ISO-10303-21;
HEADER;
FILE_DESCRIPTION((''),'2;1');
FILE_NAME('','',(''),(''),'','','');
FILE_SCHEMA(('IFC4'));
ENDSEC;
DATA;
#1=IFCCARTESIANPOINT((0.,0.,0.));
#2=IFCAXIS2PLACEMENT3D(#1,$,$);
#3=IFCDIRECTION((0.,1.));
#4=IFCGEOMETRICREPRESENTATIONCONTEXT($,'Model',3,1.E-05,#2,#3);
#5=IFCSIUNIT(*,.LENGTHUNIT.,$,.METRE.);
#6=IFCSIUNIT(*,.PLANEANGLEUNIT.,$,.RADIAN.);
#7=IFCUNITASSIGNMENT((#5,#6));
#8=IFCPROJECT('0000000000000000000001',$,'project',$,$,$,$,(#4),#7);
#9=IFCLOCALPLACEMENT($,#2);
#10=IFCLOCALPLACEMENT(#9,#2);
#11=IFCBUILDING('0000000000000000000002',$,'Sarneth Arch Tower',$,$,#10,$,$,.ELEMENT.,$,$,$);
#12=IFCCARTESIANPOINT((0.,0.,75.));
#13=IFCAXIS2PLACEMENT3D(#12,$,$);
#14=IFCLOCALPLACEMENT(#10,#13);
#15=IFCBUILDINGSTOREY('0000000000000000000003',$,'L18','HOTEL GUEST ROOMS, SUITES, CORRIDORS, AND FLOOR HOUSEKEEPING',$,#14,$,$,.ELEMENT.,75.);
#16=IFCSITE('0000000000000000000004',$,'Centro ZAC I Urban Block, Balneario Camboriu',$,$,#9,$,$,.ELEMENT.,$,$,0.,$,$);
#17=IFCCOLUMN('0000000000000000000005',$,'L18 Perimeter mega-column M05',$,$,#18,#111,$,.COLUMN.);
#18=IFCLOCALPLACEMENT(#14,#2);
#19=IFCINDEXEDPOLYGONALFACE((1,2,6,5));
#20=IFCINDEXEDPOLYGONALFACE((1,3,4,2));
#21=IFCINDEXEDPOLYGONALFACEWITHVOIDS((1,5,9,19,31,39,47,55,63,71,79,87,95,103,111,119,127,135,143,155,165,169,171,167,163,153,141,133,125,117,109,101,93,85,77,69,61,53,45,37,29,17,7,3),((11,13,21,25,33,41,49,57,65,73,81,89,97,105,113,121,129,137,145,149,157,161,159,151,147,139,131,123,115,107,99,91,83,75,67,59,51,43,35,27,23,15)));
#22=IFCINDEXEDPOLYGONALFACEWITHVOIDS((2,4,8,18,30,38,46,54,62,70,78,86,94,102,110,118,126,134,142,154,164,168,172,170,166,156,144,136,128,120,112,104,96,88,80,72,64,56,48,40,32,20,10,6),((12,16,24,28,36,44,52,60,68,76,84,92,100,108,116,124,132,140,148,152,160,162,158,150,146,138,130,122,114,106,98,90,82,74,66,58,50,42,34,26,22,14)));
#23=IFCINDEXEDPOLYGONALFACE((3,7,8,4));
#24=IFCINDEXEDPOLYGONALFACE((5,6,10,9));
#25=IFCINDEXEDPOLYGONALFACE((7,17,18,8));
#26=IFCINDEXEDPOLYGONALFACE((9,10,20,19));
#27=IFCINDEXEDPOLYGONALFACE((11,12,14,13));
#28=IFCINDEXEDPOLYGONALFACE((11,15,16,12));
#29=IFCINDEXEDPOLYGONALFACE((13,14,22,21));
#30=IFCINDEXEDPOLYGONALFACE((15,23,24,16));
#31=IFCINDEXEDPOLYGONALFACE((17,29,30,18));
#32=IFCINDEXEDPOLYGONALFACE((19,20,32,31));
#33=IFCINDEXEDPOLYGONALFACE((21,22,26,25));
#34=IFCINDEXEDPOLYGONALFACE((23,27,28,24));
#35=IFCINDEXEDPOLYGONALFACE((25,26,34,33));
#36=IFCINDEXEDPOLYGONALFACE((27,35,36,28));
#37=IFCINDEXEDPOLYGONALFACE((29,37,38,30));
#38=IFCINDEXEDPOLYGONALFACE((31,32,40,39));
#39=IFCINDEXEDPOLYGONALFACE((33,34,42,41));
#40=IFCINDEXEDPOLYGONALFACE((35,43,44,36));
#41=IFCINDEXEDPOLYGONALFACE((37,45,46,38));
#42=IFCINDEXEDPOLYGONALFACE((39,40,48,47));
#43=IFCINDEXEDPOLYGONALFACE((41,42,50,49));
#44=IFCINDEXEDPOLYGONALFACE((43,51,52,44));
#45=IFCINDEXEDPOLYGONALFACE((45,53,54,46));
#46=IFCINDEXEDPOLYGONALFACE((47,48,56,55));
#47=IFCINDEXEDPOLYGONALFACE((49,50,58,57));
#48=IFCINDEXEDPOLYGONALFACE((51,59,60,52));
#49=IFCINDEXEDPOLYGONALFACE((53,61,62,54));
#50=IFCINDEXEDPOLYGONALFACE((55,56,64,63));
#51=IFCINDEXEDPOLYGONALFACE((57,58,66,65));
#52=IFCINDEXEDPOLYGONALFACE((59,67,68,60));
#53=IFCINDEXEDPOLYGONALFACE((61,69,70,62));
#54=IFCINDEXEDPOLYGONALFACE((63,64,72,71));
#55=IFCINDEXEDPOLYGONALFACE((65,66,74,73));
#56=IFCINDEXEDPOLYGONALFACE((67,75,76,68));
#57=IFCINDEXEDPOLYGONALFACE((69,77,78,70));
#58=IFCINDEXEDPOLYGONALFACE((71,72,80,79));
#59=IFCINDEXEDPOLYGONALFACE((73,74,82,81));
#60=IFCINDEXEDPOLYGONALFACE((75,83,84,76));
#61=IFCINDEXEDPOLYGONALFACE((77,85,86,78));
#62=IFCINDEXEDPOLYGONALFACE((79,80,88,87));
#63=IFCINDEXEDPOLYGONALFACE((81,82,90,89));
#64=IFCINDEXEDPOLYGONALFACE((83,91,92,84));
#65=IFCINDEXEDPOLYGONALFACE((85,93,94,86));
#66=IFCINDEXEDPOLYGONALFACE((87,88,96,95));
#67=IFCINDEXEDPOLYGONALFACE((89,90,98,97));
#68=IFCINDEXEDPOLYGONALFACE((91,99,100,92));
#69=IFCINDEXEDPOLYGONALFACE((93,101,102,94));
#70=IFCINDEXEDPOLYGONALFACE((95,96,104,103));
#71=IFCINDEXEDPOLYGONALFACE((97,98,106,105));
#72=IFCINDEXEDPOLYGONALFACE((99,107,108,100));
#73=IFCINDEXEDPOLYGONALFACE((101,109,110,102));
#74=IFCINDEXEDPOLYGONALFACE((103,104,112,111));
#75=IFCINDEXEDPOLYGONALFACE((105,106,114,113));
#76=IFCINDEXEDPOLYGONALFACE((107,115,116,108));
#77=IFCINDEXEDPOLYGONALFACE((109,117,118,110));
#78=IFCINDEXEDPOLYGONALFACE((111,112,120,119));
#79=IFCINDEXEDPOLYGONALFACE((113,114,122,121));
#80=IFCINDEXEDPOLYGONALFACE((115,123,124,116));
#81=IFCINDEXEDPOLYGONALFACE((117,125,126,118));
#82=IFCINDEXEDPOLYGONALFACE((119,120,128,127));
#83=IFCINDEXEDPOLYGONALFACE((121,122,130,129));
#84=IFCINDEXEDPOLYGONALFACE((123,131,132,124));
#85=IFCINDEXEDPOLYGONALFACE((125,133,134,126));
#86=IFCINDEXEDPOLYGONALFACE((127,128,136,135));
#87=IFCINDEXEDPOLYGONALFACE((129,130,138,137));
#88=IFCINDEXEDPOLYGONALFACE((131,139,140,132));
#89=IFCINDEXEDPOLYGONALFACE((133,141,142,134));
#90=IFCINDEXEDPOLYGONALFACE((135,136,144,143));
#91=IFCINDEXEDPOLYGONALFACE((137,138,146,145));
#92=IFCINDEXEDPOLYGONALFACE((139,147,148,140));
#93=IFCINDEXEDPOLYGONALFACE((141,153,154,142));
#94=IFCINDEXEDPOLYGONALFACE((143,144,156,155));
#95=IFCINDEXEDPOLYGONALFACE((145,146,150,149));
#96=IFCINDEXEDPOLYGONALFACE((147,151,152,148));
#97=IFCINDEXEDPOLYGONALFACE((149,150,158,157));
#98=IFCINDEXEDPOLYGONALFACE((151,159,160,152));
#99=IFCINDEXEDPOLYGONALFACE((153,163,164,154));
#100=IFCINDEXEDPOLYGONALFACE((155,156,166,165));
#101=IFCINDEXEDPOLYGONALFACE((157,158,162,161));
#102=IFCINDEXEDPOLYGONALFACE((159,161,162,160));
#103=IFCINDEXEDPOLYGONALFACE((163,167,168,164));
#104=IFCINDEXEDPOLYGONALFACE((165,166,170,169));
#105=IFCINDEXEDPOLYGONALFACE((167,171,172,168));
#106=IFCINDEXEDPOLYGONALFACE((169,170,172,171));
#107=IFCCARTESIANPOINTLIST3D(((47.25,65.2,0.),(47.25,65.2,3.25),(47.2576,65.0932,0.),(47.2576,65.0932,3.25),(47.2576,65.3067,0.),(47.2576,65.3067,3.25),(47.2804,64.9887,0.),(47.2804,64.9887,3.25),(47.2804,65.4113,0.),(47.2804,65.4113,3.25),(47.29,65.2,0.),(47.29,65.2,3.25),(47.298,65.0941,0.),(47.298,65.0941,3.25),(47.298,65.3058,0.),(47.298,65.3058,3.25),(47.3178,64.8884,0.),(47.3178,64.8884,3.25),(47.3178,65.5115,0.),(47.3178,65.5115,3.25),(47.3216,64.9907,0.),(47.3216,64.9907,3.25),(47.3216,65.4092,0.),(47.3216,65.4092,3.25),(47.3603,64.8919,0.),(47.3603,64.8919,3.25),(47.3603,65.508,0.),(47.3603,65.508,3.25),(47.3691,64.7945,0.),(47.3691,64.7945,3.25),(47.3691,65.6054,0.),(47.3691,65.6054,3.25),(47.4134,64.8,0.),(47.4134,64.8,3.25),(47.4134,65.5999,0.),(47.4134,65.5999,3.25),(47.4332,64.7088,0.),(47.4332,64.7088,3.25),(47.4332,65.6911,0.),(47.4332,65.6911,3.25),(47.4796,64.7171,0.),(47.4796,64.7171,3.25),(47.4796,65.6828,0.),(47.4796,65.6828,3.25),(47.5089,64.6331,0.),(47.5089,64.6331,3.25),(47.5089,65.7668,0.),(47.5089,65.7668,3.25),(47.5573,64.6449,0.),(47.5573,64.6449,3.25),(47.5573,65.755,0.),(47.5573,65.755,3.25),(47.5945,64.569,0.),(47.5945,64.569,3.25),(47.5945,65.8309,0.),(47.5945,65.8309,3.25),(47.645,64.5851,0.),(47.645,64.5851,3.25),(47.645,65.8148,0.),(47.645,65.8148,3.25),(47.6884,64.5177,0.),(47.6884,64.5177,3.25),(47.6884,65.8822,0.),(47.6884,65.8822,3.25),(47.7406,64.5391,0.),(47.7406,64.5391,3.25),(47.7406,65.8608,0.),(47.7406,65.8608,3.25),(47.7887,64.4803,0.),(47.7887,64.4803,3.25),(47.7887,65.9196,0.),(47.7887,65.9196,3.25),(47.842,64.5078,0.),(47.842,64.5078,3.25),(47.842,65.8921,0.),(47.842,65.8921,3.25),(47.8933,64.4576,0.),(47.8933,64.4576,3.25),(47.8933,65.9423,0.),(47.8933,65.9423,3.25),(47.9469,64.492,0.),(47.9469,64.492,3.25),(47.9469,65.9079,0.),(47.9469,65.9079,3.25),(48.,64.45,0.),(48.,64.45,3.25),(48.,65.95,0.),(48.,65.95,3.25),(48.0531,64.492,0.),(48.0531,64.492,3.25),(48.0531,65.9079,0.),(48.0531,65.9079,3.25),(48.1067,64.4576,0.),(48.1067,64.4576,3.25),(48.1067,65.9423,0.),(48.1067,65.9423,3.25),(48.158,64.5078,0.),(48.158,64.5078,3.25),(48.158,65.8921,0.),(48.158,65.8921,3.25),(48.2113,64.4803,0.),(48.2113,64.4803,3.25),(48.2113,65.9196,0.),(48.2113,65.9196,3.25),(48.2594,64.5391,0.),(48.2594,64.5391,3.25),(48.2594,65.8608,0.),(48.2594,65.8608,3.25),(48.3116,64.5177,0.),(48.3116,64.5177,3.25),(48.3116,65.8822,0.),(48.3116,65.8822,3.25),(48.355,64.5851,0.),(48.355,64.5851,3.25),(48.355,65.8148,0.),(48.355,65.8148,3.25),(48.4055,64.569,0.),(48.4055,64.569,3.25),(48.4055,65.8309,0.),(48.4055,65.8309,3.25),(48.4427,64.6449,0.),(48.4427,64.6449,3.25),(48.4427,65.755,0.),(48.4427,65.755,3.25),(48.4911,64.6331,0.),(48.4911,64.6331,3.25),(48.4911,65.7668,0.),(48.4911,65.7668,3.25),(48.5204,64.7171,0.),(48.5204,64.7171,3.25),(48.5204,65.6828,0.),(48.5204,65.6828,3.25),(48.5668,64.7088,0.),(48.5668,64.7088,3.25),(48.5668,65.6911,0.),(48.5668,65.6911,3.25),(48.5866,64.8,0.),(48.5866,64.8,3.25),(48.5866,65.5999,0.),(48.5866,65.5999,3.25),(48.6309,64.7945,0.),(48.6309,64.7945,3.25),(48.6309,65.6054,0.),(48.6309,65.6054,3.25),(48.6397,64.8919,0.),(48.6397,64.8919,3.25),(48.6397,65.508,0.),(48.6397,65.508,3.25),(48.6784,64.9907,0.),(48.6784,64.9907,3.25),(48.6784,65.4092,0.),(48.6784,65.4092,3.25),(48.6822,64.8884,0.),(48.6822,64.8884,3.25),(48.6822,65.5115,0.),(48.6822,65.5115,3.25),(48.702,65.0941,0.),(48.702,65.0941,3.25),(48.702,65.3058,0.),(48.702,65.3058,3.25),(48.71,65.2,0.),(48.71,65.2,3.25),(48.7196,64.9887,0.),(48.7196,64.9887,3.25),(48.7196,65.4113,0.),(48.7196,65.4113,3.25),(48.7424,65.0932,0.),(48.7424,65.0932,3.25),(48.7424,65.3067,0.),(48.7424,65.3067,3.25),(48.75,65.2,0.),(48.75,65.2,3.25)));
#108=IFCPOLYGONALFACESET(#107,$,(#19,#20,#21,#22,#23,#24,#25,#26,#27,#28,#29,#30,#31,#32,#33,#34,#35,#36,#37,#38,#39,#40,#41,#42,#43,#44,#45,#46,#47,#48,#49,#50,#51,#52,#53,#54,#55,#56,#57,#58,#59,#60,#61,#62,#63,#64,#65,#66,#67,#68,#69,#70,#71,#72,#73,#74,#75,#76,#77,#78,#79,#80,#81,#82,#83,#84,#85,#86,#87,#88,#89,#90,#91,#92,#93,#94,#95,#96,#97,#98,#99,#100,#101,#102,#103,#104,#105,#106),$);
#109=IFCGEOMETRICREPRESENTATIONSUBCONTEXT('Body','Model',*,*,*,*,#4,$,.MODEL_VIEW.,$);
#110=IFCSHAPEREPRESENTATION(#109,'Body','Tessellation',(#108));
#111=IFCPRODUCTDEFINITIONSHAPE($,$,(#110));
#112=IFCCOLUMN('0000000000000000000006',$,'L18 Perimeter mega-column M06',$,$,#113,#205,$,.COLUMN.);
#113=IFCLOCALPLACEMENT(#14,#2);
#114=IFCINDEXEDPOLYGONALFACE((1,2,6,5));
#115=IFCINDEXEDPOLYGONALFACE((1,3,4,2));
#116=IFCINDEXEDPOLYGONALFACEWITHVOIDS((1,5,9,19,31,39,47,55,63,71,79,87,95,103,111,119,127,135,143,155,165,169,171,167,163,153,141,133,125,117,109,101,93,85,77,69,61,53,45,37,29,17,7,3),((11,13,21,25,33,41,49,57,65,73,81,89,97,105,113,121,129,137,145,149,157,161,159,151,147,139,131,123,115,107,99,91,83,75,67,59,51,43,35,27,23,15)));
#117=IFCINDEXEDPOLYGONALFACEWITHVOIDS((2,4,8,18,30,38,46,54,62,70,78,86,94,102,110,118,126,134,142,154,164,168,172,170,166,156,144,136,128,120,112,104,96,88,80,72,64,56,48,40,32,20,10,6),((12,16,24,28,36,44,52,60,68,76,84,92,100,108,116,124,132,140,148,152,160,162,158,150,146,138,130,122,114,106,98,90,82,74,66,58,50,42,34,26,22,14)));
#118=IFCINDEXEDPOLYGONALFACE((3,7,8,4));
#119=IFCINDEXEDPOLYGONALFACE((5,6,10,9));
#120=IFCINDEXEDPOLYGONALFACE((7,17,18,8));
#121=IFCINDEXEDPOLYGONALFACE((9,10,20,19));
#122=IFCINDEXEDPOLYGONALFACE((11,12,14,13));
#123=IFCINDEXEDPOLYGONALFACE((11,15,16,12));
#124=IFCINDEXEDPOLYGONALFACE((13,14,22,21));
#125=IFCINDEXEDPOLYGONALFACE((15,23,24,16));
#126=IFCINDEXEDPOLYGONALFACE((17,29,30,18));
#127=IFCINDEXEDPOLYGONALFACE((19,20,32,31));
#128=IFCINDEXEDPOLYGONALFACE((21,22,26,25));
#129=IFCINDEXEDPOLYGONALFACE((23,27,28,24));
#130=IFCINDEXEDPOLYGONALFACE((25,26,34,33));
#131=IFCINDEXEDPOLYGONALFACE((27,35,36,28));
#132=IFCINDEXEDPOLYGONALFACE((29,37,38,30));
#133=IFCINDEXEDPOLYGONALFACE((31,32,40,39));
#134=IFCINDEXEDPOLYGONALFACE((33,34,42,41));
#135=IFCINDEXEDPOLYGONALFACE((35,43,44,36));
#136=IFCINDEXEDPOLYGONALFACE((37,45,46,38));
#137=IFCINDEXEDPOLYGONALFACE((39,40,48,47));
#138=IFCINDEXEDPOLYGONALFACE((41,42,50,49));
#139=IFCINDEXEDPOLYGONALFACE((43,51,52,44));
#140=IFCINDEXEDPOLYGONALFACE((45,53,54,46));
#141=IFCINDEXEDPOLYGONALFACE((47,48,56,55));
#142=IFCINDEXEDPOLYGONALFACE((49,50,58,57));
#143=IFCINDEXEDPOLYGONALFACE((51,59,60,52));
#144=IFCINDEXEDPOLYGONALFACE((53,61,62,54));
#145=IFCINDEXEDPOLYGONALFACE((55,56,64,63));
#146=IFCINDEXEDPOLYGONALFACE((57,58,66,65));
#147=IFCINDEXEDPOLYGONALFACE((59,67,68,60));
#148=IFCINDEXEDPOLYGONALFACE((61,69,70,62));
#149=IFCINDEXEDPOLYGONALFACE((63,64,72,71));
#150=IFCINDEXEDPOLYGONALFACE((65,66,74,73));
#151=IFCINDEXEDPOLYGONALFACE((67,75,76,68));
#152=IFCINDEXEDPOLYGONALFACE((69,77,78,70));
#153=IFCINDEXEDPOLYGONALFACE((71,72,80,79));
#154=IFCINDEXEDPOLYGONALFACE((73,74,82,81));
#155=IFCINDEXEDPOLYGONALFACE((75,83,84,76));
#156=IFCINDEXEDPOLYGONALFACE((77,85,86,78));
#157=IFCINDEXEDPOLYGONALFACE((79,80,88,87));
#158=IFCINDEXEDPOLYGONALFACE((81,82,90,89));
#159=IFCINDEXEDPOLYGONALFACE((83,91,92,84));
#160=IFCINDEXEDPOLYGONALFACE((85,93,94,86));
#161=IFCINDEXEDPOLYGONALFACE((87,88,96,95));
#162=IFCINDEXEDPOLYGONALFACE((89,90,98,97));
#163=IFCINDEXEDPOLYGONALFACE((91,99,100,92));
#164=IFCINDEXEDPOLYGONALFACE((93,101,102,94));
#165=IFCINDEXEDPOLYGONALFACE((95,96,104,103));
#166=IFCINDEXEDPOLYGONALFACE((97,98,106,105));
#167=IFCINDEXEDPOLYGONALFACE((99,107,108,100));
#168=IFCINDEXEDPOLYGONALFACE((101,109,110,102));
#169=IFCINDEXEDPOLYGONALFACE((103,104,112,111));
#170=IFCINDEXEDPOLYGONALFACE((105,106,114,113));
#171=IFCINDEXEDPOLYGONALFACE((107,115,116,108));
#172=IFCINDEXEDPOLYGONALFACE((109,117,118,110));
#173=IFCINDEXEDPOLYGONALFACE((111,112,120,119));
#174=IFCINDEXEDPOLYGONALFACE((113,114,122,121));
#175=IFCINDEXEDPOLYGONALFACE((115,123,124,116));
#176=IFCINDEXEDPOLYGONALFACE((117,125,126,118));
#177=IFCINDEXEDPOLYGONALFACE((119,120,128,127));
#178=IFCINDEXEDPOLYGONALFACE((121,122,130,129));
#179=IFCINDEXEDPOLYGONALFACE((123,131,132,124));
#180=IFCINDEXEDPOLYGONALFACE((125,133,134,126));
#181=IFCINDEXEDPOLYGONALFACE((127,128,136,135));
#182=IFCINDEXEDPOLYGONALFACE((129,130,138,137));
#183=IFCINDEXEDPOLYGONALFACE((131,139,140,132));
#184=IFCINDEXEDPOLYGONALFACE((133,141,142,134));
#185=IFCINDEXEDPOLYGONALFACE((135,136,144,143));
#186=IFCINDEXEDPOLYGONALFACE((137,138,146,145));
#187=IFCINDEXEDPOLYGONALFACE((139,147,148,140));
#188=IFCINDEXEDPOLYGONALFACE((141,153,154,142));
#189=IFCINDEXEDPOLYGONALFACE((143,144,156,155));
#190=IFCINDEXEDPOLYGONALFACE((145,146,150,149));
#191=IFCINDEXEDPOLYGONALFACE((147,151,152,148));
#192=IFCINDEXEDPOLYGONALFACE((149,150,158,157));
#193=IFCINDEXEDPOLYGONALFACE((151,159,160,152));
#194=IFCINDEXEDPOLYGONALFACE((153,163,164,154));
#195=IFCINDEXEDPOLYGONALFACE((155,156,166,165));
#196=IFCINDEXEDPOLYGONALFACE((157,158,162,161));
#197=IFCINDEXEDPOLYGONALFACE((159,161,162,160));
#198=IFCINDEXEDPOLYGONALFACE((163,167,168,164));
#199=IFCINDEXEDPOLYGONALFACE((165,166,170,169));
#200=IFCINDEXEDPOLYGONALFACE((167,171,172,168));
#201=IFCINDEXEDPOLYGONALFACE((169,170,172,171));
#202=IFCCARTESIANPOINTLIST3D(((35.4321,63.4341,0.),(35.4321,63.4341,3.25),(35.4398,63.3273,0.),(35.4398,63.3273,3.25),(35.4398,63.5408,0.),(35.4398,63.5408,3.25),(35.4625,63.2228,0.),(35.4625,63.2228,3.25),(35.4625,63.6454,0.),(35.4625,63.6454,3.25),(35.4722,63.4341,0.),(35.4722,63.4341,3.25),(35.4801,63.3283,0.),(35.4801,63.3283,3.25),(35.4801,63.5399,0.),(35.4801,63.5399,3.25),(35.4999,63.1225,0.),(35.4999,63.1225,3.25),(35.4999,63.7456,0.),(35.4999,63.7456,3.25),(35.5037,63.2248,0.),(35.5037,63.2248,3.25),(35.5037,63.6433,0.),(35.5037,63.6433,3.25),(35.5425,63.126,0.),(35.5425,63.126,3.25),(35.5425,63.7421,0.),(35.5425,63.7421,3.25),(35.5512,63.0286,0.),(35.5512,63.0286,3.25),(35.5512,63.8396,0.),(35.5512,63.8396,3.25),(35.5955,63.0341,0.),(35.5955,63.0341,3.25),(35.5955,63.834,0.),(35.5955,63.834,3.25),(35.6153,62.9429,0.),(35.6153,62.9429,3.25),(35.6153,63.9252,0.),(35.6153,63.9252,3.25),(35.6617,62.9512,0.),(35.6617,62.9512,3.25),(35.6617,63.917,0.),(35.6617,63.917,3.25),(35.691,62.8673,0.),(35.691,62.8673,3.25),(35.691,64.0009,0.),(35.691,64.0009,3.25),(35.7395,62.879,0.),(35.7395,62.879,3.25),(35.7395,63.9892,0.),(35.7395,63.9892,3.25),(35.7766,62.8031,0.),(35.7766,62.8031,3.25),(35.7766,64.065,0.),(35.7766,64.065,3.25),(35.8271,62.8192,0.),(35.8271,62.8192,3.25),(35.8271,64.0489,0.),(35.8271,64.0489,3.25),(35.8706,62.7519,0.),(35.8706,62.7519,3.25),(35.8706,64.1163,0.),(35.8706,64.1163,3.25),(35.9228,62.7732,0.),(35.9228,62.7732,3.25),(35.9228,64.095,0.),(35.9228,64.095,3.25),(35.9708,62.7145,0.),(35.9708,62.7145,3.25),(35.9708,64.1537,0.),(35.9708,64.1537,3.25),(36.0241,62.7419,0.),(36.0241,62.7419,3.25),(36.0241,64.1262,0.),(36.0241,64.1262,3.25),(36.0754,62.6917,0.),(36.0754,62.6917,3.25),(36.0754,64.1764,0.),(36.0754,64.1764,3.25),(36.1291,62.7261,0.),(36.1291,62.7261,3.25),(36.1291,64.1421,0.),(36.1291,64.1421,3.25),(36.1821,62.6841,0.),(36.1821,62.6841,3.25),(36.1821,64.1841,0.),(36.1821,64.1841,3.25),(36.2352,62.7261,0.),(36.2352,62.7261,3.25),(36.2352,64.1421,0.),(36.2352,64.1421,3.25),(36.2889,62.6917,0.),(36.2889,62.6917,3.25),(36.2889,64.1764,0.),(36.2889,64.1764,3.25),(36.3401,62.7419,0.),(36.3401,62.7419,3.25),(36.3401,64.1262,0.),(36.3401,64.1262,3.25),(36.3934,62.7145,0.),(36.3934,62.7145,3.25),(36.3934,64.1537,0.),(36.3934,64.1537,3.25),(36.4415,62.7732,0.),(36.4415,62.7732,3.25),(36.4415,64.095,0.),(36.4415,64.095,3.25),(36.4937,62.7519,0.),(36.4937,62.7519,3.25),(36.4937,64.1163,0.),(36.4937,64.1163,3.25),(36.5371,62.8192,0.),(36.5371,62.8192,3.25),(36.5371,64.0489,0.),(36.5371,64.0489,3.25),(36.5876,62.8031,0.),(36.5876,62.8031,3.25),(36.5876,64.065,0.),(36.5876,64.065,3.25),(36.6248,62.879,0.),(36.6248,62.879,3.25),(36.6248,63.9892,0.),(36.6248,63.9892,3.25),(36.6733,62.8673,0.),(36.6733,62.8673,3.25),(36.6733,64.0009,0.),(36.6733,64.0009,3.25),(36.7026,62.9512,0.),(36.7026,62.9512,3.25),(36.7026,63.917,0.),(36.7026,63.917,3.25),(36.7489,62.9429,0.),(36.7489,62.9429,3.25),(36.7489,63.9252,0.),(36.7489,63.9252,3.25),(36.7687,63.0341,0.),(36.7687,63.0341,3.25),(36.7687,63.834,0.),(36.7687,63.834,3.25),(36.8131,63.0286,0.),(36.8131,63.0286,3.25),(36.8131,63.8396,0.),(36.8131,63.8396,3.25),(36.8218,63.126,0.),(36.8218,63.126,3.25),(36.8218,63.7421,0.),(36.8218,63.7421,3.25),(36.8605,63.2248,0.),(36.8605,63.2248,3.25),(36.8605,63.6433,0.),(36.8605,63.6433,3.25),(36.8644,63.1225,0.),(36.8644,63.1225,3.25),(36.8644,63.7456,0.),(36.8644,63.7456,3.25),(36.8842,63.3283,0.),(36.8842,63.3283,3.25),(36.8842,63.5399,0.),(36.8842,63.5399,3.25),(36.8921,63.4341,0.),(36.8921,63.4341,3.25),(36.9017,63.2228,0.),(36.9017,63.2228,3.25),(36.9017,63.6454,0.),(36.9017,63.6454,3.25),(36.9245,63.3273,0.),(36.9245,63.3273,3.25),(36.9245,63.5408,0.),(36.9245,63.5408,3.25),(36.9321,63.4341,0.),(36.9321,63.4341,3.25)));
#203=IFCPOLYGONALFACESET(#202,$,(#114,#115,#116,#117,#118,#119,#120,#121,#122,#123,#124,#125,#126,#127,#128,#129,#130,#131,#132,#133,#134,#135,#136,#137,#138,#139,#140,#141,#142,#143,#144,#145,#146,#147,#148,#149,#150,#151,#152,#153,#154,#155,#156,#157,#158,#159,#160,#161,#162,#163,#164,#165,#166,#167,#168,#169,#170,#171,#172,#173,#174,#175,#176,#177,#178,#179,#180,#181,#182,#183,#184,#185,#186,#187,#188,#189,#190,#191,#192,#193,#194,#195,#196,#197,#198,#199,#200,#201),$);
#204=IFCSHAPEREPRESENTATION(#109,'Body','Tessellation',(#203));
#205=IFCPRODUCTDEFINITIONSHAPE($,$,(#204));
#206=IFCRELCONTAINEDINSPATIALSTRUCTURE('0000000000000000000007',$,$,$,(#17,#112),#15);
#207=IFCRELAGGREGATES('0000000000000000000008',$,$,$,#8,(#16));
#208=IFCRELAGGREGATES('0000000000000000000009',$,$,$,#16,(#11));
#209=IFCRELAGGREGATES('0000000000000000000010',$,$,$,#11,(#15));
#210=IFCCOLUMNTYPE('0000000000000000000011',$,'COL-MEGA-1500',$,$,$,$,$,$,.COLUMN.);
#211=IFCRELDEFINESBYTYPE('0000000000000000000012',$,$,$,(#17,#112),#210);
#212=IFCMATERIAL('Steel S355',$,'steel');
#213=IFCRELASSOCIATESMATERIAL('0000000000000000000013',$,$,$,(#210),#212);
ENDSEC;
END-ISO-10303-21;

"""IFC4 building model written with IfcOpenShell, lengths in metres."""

from ifc_helpers import new_model, si_unit, direction, frame, origin, origin_2d, place, context, subcontext, project, spatial, hollow_circle, extrude, material, material_profile, profile_set, type_object, element, save


model = new_model("IFC4")

# Units and contexts
model_context = context("Model", 3, precision=1e-05, world=origin(), true_north=direction((0.0, 1.0)))
body_context = subcontext(model_context, "Body", "Model", "MODEL_VIEW")
ifc_project = project(units=[si_unit("LENGTHUNIT", "METRE"), si_unit("PLANEANGLEUNIT", "RADIAN")], contexts=[model_context])

# Site, building, storey
site_placement = place(None, origin())
site = spatial("IfcSite", under=ifc_project, at=site_placement, Name="Centro ZAC I Urban Block, Balneario Camboriu", CompositionType="ELEMENT", RefElevation=0.0)
building_placement = place(site_placement, origin())
building = spatial("IfcBuilding", under=site, at=building_placement, Name="Sarneth Arch Tower", CompositionType="ELEMENT")
storey_placement = place(building_placement, frame((0.0, 0.0, 75.0)))
storey = spatial("IfcBuildingStorey", under=building, at=storey_placement, Name="L18", Description="HOTEL GUEST ROOMS, SUITES, CORRIDORS, AND FLOOR HOUSEKEEPING", CompositionType="ELEMENT", Elevation=75.0)

# Columns
ifc_material_1 = material(Name="Steel S355", Category="steel")
ifc_material_profile_1 = material_profile(ifc_material_1, hollow_circle(Radius=0.75, WallThickness=0.04, at=origin_2d()), Name="CHS1500x40")
ifc_profile_set_1 = profile_set([ifc_material_profile_1], Name="Steel S355")
column_type = type_object("IfcColumnType", Name="COL-MEGA-1500", PredefinedType="COLUMN", material=ifc_profile_set_1)
for number, where, z_axis, x_axis, name in (
    (1, (48.0, 65.2, 0.0), (0.0, 0.0, 1.0), (1.0, 0.0, 0.0), "L18 Perimeter mega-column M05"),
    (2, (36.1821, 63.4341, 0.0), (0.0, 0.0, 1.0), (1.0, 0.0, 0.0), "L18 Perimeter mega-column M06"),
):
    element("IfcColumn", number, at=place(storey_placement, frame(where, z_axis=z_axis, x_axis=x_axis)), inside=storey, type_object=column_type, Name=name, PredefinedType="COLUMN", context=body_context, shape_type="SweptSolid", body=[
        extrude(hollow_circle(Radius=0.75, WallThickness=0.04, at=origin_2d()), origin(), (0.0, 0.0, 1.0), 3.25),
    ])

save(model, "model.ifc")
